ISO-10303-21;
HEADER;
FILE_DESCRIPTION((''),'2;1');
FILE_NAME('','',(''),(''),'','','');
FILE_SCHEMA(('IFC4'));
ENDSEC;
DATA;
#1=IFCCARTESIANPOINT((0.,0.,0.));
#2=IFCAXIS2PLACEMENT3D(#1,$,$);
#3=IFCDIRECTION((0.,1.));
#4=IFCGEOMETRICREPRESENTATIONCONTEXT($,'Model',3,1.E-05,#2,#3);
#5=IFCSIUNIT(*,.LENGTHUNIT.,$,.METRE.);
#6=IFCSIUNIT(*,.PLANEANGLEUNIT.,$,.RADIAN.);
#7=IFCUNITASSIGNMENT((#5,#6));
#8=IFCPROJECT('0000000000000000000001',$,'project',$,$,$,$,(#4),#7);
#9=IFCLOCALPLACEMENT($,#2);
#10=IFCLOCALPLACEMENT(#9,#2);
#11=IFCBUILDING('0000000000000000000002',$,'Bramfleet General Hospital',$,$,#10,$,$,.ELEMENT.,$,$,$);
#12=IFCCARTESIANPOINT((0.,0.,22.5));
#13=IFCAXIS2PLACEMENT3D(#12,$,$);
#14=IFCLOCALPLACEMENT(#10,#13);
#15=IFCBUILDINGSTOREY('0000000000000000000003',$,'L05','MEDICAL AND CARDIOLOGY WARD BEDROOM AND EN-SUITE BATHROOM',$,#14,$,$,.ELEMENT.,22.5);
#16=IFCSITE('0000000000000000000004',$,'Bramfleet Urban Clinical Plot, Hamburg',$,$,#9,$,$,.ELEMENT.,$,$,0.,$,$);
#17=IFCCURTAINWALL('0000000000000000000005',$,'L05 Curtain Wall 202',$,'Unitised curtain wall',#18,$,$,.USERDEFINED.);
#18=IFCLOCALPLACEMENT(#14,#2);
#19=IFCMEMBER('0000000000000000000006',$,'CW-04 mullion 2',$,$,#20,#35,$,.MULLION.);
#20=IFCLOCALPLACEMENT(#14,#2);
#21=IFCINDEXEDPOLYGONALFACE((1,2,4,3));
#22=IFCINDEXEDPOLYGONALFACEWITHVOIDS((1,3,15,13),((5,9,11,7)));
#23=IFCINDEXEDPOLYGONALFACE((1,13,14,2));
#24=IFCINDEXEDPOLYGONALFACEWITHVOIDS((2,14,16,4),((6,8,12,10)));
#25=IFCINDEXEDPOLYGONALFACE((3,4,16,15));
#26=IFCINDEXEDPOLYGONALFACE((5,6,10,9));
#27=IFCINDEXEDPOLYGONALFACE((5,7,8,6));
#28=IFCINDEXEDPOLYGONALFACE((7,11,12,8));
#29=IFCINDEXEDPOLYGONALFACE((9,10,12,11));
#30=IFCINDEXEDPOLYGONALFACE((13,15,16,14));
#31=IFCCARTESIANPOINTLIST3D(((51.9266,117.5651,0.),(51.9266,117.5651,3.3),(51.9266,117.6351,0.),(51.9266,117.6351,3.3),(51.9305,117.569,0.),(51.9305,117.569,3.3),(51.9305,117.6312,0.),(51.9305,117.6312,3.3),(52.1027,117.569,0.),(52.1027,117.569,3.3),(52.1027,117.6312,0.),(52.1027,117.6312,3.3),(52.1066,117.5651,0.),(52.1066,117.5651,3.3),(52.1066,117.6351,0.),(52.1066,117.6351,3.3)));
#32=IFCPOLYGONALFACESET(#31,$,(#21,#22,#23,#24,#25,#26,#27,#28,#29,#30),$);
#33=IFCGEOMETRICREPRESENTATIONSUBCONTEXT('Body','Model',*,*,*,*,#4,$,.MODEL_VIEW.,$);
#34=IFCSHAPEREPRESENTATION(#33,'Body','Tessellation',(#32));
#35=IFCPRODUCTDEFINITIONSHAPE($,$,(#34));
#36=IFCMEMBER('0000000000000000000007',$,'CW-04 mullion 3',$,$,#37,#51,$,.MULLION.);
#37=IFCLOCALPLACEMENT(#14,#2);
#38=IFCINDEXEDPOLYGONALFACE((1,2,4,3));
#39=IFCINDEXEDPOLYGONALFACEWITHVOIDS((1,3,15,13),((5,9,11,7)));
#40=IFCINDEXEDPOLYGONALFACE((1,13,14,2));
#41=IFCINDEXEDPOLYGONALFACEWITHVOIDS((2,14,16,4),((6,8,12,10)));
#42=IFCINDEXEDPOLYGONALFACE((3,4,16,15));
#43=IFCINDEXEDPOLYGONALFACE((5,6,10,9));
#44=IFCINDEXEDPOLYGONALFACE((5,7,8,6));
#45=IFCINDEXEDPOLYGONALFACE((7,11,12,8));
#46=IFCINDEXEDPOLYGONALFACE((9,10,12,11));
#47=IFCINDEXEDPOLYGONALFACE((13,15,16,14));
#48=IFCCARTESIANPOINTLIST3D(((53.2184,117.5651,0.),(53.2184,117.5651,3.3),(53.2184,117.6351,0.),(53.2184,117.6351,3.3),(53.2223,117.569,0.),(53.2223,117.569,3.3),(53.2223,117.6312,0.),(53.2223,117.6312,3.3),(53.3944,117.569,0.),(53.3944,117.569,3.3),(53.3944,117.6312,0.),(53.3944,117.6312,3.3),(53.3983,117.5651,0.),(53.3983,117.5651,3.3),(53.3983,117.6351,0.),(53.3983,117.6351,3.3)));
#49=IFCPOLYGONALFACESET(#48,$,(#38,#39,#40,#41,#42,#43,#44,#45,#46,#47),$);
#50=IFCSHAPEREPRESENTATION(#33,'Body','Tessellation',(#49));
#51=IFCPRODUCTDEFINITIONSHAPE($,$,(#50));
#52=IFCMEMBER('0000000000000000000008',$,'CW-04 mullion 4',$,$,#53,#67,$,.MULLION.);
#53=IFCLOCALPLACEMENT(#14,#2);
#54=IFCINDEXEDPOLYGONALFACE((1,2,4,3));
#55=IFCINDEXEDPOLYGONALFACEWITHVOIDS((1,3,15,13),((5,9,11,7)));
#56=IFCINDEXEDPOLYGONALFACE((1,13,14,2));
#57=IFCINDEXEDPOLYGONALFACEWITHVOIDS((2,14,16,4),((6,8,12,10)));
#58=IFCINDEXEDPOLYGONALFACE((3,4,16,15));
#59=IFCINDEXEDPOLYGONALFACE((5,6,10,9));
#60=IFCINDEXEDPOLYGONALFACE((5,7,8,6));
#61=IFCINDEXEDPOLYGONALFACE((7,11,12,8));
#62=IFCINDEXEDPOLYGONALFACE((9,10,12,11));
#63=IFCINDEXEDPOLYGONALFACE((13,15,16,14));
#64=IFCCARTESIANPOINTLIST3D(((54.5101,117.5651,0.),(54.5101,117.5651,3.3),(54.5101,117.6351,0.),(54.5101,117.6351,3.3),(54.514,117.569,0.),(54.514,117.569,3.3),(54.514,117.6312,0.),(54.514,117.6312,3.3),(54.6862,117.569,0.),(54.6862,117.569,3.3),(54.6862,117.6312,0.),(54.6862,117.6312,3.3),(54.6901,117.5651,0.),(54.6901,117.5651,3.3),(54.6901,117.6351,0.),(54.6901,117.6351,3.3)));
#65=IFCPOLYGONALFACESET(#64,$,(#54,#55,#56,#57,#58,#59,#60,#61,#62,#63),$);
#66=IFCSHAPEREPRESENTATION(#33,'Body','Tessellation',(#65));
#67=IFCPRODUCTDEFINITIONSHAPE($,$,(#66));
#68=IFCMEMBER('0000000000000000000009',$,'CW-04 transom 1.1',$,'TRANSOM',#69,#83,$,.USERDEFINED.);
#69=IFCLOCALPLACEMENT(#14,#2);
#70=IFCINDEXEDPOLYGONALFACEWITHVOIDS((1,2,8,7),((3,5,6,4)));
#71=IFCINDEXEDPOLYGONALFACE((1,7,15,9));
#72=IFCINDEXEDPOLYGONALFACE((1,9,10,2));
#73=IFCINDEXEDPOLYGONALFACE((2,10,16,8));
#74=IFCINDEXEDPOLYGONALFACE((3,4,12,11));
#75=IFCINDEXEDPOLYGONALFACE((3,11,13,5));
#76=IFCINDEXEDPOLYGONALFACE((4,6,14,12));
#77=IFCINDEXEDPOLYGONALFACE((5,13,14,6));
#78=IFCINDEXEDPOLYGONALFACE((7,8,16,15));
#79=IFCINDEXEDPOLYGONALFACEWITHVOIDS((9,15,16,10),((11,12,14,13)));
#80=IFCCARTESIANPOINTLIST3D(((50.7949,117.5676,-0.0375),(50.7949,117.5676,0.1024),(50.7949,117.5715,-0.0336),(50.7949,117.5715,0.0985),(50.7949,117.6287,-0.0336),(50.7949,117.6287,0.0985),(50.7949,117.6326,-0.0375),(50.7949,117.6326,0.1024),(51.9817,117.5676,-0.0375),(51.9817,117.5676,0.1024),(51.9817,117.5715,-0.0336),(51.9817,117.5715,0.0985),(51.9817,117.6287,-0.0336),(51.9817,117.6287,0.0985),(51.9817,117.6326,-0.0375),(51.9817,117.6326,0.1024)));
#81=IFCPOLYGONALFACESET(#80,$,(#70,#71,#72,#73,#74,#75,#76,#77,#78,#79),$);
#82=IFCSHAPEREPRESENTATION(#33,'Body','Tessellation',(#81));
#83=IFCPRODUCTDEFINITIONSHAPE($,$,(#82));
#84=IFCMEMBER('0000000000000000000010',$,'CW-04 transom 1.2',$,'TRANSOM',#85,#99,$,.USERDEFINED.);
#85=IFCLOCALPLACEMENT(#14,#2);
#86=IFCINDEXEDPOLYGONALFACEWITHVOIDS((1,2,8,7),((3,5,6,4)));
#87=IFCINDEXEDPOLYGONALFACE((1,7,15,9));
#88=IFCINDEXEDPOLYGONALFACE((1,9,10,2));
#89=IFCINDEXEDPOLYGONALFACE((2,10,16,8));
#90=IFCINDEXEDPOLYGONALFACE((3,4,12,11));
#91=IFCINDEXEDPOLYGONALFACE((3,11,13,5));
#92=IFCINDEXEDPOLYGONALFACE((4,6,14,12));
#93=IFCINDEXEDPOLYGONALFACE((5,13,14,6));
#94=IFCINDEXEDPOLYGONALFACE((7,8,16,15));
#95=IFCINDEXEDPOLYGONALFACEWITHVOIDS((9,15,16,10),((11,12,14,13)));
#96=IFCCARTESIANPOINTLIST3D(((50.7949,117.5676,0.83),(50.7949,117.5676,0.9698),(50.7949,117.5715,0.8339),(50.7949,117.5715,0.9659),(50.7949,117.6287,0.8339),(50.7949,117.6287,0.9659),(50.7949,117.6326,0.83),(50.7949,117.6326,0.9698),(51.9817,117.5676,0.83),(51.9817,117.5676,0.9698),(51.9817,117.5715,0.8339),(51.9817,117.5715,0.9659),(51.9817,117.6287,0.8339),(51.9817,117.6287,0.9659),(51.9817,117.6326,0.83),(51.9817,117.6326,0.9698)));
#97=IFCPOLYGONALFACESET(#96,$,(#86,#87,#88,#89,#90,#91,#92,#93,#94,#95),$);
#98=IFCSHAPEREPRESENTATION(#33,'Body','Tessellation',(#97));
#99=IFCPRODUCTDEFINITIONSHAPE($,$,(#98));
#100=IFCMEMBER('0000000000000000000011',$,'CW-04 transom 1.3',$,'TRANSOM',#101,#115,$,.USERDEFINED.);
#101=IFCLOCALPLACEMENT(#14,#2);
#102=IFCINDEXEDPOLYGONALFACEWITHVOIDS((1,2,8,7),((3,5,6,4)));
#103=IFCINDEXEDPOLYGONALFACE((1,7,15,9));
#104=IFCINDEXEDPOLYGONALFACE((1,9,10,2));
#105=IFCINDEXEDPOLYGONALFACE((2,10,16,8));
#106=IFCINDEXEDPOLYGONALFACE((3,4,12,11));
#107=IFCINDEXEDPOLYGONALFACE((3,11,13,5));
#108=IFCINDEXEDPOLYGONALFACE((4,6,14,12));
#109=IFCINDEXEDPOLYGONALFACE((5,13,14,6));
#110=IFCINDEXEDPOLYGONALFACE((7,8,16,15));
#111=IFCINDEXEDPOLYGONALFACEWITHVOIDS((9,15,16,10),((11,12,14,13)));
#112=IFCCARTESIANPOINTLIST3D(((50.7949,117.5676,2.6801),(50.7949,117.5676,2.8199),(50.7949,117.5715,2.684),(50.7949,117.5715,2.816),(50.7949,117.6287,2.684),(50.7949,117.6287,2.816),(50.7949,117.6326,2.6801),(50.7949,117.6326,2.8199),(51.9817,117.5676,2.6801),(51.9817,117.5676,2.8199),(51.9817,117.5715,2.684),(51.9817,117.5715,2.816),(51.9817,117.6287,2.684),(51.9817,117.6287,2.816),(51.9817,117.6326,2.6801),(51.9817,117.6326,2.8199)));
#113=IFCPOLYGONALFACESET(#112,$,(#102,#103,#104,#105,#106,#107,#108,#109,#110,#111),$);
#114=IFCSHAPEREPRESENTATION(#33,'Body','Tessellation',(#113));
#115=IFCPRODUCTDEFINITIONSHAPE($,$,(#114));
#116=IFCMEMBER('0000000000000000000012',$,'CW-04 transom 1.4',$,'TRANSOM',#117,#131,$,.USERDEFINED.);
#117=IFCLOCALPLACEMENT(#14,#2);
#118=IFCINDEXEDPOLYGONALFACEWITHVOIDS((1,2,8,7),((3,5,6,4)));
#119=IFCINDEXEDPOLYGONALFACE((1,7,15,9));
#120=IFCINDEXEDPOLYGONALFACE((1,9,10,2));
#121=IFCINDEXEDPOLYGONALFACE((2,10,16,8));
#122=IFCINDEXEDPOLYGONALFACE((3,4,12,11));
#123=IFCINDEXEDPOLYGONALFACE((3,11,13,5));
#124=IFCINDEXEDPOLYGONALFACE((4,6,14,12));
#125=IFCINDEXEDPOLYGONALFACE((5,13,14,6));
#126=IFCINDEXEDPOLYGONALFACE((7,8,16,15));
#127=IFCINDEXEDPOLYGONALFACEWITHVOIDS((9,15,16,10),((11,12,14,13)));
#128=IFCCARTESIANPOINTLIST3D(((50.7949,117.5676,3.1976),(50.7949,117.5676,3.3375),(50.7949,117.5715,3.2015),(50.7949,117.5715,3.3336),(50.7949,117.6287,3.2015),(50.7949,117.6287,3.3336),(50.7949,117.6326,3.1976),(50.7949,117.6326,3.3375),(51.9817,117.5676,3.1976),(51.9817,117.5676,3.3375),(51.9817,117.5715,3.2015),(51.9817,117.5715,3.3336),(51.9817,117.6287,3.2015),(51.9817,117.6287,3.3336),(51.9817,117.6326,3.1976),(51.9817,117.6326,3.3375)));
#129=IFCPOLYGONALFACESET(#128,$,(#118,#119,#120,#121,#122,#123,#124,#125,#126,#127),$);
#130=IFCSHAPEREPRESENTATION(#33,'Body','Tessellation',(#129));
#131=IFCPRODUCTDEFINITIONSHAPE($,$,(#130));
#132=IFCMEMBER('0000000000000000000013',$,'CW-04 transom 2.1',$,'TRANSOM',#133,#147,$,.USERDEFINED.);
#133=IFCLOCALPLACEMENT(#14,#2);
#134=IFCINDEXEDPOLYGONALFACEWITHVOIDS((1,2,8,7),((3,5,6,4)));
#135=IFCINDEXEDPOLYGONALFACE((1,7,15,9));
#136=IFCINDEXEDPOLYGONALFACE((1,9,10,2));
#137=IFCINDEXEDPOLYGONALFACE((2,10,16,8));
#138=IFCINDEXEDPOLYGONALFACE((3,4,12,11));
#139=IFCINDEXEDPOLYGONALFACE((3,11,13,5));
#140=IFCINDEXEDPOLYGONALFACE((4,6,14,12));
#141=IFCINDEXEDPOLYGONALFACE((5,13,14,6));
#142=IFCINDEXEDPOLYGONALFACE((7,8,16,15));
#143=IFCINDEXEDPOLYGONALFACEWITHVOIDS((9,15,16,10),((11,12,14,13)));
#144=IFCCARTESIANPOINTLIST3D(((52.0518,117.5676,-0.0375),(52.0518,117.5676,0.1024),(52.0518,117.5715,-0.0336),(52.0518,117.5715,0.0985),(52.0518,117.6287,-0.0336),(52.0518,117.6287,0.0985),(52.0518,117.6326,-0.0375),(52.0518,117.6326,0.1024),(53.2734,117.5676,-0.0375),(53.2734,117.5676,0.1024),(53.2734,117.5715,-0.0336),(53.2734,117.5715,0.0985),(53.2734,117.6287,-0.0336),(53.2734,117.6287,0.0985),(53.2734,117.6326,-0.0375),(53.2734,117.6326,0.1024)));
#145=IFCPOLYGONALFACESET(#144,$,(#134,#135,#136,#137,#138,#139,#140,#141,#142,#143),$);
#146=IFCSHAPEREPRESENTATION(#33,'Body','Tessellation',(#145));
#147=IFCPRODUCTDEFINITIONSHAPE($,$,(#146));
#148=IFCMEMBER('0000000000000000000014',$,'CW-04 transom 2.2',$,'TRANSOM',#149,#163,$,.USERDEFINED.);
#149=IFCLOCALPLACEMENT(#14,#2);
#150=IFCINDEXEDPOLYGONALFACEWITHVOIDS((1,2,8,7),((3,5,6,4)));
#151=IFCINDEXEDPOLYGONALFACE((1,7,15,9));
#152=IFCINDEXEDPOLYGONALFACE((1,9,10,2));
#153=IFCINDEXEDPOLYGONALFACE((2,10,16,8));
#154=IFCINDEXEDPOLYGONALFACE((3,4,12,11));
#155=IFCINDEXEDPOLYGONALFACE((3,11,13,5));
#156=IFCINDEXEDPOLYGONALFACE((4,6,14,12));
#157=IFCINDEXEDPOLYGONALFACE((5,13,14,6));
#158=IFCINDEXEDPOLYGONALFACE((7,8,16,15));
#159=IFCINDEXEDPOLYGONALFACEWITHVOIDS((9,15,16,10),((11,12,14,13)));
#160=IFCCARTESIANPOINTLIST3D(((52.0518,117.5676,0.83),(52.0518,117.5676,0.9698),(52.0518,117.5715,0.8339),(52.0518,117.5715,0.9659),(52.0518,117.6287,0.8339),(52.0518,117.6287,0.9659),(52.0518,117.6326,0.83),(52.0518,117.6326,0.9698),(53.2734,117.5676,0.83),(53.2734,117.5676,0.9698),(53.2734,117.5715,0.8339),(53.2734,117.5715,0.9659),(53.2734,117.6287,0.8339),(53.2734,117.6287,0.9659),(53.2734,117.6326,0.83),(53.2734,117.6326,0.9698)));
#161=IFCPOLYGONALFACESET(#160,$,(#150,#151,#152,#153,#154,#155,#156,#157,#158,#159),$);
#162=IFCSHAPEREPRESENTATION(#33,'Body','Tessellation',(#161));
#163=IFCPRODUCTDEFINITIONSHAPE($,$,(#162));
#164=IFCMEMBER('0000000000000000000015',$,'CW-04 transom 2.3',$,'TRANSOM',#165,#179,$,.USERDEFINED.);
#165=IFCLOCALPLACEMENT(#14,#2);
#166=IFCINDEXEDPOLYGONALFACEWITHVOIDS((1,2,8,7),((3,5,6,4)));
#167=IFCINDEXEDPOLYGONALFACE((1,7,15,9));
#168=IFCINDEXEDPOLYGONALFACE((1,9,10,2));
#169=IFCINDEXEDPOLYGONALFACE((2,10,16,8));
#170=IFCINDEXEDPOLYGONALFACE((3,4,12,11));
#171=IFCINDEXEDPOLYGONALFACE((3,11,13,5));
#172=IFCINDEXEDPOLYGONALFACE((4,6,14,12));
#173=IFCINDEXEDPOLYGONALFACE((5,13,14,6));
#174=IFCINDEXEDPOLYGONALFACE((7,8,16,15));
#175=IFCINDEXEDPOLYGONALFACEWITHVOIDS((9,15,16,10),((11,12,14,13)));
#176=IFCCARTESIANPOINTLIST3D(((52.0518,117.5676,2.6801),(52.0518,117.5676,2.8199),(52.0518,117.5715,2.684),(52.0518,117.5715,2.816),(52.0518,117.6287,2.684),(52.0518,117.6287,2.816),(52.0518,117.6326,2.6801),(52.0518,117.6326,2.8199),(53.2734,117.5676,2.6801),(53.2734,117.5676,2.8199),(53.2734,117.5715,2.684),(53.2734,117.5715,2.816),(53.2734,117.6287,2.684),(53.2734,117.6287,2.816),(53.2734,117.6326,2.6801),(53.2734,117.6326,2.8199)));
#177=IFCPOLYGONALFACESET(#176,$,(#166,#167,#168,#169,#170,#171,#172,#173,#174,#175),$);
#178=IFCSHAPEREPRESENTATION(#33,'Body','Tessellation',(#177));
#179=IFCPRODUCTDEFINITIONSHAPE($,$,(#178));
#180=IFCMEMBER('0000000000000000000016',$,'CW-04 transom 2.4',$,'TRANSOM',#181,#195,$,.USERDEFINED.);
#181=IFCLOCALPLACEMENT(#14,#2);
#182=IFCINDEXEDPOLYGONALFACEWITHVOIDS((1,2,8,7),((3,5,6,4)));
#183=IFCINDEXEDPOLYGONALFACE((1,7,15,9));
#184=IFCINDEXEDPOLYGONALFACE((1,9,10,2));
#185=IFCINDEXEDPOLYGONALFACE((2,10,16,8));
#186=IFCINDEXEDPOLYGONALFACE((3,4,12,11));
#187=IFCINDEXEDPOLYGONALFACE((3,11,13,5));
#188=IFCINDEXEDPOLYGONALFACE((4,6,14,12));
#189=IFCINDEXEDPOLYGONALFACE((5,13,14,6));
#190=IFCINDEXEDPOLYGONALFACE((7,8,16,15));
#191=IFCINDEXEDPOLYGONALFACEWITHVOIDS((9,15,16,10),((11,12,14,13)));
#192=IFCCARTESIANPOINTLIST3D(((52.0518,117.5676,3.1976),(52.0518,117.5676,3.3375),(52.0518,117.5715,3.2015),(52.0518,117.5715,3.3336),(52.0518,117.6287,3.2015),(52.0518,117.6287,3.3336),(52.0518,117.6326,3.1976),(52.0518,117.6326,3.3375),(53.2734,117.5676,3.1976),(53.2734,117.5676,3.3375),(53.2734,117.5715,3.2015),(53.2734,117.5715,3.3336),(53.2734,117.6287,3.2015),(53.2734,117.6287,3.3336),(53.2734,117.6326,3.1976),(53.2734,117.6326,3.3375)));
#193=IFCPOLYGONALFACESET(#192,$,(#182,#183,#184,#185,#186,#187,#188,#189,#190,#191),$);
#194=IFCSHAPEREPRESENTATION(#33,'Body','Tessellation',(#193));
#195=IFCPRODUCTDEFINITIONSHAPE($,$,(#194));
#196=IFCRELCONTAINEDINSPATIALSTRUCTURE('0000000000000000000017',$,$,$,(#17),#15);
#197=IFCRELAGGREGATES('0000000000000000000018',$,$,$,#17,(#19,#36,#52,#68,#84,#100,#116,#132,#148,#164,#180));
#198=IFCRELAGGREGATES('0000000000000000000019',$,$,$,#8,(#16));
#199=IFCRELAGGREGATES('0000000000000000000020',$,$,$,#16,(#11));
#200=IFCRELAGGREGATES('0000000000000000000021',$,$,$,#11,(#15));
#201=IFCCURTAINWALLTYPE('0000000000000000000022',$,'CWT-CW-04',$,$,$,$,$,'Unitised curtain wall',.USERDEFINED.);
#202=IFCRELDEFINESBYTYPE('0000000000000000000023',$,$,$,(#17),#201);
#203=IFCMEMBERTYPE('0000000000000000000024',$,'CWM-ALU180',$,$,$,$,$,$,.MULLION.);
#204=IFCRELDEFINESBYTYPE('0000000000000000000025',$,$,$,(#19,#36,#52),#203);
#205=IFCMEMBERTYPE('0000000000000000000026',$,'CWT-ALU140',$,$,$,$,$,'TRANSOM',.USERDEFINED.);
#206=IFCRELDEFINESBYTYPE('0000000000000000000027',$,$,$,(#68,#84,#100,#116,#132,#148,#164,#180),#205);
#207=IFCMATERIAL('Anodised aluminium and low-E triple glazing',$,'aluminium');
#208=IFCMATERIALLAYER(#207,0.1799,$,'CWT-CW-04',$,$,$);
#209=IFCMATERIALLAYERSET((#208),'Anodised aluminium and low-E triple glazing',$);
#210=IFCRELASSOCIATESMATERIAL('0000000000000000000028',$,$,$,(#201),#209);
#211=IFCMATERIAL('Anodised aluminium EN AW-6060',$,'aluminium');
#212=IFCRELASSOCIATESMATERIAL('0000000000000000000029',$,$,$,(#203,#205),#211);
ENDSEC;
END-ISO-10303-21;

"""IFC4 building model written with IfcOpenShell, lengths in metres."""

from ifc_helpers import new_model, si_unit, direction, frame, origin, origin_2d, place, context, subcontext, project, spatial, hollow_rectangle, extrude, material, layer, layer_set, material_profile, profile_set, type_object, element, aggregate, save


model = new_model("IFC4")

# Units and contexts
model_context = context("Model", 3, precision=1e-05, world=origin(), true_north=direction((0.0, 1.0)))
body_context = subcontext(model_context, "Body", "Model", "MODEL_VIEW")
ifc_project = project(units=[si_unit("LENGTHUNIT", "METRE"), si_unit("PLANEANGLEUNIT", "RADIAN")], contexts=[model_context])

# Site, building, storey
site_placement = place(None, origin())
site = spatial("IfcSite", under=ifc_project, at=site_placement, Name="Bramfleet Urban Clinical Plot, Hamburg", CompositionType="ELEMENT", RefElevation=0.0)
building_placement = place(site_placement, origin())
building = spatial("IfcBuilding", under=site, at=building_placement, Name="Bramfleet General Hospital", CompositionType="ELEMENT")
storey_placement = place(building_placement, frame((0.0, 0.0, 22.5)))
storey = spatial("IfcBuildingStorey", under=building, at=storey_placement, Name="L05", Description="MEDICAL AND CARDIOLOGY WARD BEDROOM AND EN-SUITE BATHROOM", CompositionType="ELEMENT", Elevation=22.5)

# Curtain wall, members
ifc_material_1 = material(Name="Anodised aluminium and low-E triple glazing", Category="aluminium")
ifc_layer_1 = layer(ifc_material_1, 0.1799, Name="CWT-CW-04")
ifc_layer_set_1 = layer_set([ifc_layer_1], Name="Anodised aluminium and low-E triple glazing")
curtain_wall_type = type_object("IfcCurtainWallType", Name="CWT-CW-04", ElementType="Unitised curtain wall", PredefinedType="USERDEFINED", material=ifc_layer_set_1)
curtain_wall_placement = place(storey_placement, origin())
curtain_wall = element("IfcCurtainWall", 1, at=curtain_wall_placement, inside=storey, type_object=curtain_wall_type, Name="L05 Curtain Wall 202", ObjectType="Unitised curtain wall", PredefinedType="USERDEFINED")
ifc_material_2 = material(Name="Anodised aluminium EN AW-6060", Category="aluminium")
ifc_material_profile_1 = material_profile(ifc_material_2, hollow_rectangle(XDim=0.0701, YDim=0.1799, WallThickness=0.0039, at=origin_2d()), Name="ALU 180x70x4.0")
ifc_profile_set_1 = profile_set([ifc_material_profile_1], Name="Anodised aluminium EN AW-6060")
member_type_1 = type_object("IfcMemberType", Name="CWM-ALU180", PredefinedType="MULLION", material=ifc_profile_set_1)
member_1_placement = place(storey_placement, frame((52.0166, 117.6001, 0.0), z_axis=(0.0, 0.0, 1.0), x_axis=(0.0, 1.0, 0.0)))
member_1 = element("IfcMember", 2, at=member_1_placement, type_object=member_type_1, Name="CW-04 mullion 2", PredefinedType="MULLION", context=body_context, shape_type="SweptSolid", body=[
    extrude(hollow_rectangle(XDim=0.0701, YDim=0.1799, WallThickness=0.0039, at=origin_2d()), origin(), (0.0, 0.0, 1.0), 3.3),
])
member_2_placement = place(storey_placement, frame((53.3083, 117.6001, 0.0), z_axis=(0.0, 0.0, 1.0), x_axis=(0.0, 1.0, 0.0)))
member_2 = element("IfcMember", 3, at=member_2_placement, type_object=member_type_1, Name="CW-04 mullion 3", PredefinedType="MULLION", context=body_context, shape_type="SweptSolid", body=[
    extrude(hollow_rectangle(XDim=0.0701, YDim=0.1799, WallThickness=0.0039, at=origin_2d()), origin(), (0.0, 0.0, 1.0), 3.3),
])
member_3_placement = place(storey_placement, frame((54.6001, 117.6001, 0.0), z_axis=(0.0, 0.0, 1.0), x_axis=(0.0, 1.0, 0.0)))
member_3 = element("IfcMember", 4, at=member_3_placement, type_object=member_type_1, Name="CW-04 mullion 4", PredefinedType="MULLION", context=body_context, shape_type="SweptSolid", body=[
    extrude(hollow_rectangle(XDim=0.0701, YDim=0.1799, WallThickness=0.0039, at=origin_2d()), origin(), (0.0, 0.0, 1.0), 3.3),
])
ifc_material_profile_2 = material_profile(ifc_material_2, hollow_rectangle(XDim=0.0649, YDim=0.1399, WallThickness=0.0039, at=origin_2d()), Name="ALU 140x65x4.0")
ifc_profile_set_2 = profile_set([ifc_material_profile_2], Name="Anodised aluminium EN AW-6060")
member_type_2 = type_object("IfcMemberType", Name="CWT-ALU140", ElementType="TRANSOM", PredefinedType="USERDEFINED", material=ifc_profile_set_2)
member_4_placement = place(storey_placement, frame((50.7949, 117.6001, 0.0325), z_axis=(1.0, 0.0, 0.0), x_axis=(0.0, 1.0, 0.0)))
member_4 = element("IfcMember", 5, at=member_4_placement, type_object=member_type_2, Name="CW-04 transom 1.1", ObjectType="TRANSOM", PredefinedType="USERDEFINED", context=body_context, shape_type="SweptSolid", body=[
    extrude(hollow_rectangle(XDim=0.0649, YDim=0.1399, WallThickness=0.0039, at=origin_2d()), origin(), (0.0, 0.0, 1.0), 1.1868),
])
member_5_placement = place(storey_placement, frame((50.7949, 117.6001, 0.8999), z_axis=(1.0, 0.0, 0.0), x_axis=(0.0, 1.0, 0.0)))
member_5 = element("IfcMember", 6, at=member_5_placement, type_object=member_type_2, Name="CW-04 transom 1.2", ObjectType="TRANSOM", PredefinedType="USERDEFINED", context=body_context, shape_type="SweptSolid", body=[
    extrude(hollow_rectangle(XDim=0.0649, YDim=0.1399, WallThickness=0.0039, at=origin_2d()), origin(), (0.0, 0.0, 1.0), 1.1868),
])
member_6_placement = place(storey_placement, frame((50.7949, 117.6001, 2.75), z_axis=(1.0, 0.0, 0.0), x_axis=(0.0, 1.0, 0.0)))
member_6 = element("IfcMember", 7, at=member_6_placement, type_object=member_type_2, Name="CW-04 transom 1.3", ObjectType="TRANSOM", PredefinedType="USERDEFINED", context=body_context, shape_type="SweptSolid", body=[
    extrude(hollow_rectangle(XDim=0.0649, YDim=0.1399, WallThickness=0.0039, at=origin_2d()), origin(), (0.0, 0.0, 1.0), 1.1868),
])
member_7_placement = place(storey_placement, frame((50.7949, 117.6001, 3.2676), z_axis=(1.0, 0.0, 0.0), x_axis=(0.0, 1.0, 0.0)))
member_7 = element("IfcMember", 8, at=member_7_placement, type_object=member_type_2, Name="CW-04 transom 1.4", ObjectType="TRANSOM", PredefinedType="USERDEFINED", context=body_context, shape_type="SweptSolid", body=[
    extrude(hollow_rectangle(XDim=0.0649, YDim=0.1399, WallThickness=0.0039, at=origin_2d()), origin(), (0.0, 0.0, 1.0), 1.1868),
])
member_8_placement = place(storey_placement, frame((52.0518, 117.6001, 0.0325), z_axis=(1.0, 0.0, 0.0), x_axis=(0.0, 1.0, 0.0)))
member_8 = element("IfcMember", 9, at=member_8_placement, type_object=member_type_2, Name="CW-04 transom 2.1", ObjectType="TRANSOM", PredefinedType="USERDEFINED", context=body_context, shape_type="SweptSolid", body=[
    extrude(hollow_rectangle(XDim=0.0649, YDim=0.1399, WallThickness=0.0039, at=origin_2d()), origin(), (0.0, 0.0, 1.0), 1.2217),
])
member_9_placement = place(storey_placement, frame((52.0518, 117.6001, 0.8999), z_axis=(1.0, 0.0, 0.0), x_axis=(0.0, 1.0, 0.0)))
member_9 = element("IfcMember", 10, at=member_9_placement, type_object=member_type_2, Name="CW-04 transom 2.2", ObjectType="TRANSOM", PredefinedType="USERDEFINED", context=body_context, shape_type="SweptSolid", body=[
    extrude(hollow_rectangle(XDim=0.0649, YDim=0.1399, WallThickness=0.0039, at=origin_2d()), origin(), (0.0, 0.0, 1.0), 1.2217),
])
member_10_placement = place(storey_placement, frame((52.0518, 117.6001, 2.75), z_axis=(1.0, 0.0, 0.0), x_axis=(0.0, 1.0, 0.0)))
member_10 = element("IfcMember", 11, at=member_10_placement, type_object=member_type_2, Name="CW-04 transom 2.3", ObjectType="TRANSOM", PredefinedType="USERDEFINED", context=body_context, shape_type="SweptSolid", body=[
    extrude(hollow_rectangle(XDim=0.0649, YDim=0.1399, WallThickness=0.0039, at=origin_2d()), origin(), (0.0, 0.0, 1.0), 1.2217),
])
member_11_placement = place(storey_placement, frame((52.0518, 117.6001, 3.2676), z_axis=(1.0, 0.0, 0.0), x_axis=(0.0, 1.0, 0.0)))
member_11 = element("IfcMember", 12, at=member_11_placement, type_object=member_type_2, Name="CW-04 transom 2.4", ObjectType="TRANSOM", PredefinedType="USERDEFINED", context=body_context, shape_type="SweptSolid", body=[
    extrude(hollow_rectangle(XDim=0.0649, YDim=0.1399, WallThickness=0.0039, at=origin_2d()), origin(), (0.0, 0.0, 1.0), 1.2217),
])
aggregate(curtain_wall, [member_1, member_2, member_3, member_4, member_5, member_6, member_7, member_8, member_9, member_10, member_11])

save(model, "model.ifc")
